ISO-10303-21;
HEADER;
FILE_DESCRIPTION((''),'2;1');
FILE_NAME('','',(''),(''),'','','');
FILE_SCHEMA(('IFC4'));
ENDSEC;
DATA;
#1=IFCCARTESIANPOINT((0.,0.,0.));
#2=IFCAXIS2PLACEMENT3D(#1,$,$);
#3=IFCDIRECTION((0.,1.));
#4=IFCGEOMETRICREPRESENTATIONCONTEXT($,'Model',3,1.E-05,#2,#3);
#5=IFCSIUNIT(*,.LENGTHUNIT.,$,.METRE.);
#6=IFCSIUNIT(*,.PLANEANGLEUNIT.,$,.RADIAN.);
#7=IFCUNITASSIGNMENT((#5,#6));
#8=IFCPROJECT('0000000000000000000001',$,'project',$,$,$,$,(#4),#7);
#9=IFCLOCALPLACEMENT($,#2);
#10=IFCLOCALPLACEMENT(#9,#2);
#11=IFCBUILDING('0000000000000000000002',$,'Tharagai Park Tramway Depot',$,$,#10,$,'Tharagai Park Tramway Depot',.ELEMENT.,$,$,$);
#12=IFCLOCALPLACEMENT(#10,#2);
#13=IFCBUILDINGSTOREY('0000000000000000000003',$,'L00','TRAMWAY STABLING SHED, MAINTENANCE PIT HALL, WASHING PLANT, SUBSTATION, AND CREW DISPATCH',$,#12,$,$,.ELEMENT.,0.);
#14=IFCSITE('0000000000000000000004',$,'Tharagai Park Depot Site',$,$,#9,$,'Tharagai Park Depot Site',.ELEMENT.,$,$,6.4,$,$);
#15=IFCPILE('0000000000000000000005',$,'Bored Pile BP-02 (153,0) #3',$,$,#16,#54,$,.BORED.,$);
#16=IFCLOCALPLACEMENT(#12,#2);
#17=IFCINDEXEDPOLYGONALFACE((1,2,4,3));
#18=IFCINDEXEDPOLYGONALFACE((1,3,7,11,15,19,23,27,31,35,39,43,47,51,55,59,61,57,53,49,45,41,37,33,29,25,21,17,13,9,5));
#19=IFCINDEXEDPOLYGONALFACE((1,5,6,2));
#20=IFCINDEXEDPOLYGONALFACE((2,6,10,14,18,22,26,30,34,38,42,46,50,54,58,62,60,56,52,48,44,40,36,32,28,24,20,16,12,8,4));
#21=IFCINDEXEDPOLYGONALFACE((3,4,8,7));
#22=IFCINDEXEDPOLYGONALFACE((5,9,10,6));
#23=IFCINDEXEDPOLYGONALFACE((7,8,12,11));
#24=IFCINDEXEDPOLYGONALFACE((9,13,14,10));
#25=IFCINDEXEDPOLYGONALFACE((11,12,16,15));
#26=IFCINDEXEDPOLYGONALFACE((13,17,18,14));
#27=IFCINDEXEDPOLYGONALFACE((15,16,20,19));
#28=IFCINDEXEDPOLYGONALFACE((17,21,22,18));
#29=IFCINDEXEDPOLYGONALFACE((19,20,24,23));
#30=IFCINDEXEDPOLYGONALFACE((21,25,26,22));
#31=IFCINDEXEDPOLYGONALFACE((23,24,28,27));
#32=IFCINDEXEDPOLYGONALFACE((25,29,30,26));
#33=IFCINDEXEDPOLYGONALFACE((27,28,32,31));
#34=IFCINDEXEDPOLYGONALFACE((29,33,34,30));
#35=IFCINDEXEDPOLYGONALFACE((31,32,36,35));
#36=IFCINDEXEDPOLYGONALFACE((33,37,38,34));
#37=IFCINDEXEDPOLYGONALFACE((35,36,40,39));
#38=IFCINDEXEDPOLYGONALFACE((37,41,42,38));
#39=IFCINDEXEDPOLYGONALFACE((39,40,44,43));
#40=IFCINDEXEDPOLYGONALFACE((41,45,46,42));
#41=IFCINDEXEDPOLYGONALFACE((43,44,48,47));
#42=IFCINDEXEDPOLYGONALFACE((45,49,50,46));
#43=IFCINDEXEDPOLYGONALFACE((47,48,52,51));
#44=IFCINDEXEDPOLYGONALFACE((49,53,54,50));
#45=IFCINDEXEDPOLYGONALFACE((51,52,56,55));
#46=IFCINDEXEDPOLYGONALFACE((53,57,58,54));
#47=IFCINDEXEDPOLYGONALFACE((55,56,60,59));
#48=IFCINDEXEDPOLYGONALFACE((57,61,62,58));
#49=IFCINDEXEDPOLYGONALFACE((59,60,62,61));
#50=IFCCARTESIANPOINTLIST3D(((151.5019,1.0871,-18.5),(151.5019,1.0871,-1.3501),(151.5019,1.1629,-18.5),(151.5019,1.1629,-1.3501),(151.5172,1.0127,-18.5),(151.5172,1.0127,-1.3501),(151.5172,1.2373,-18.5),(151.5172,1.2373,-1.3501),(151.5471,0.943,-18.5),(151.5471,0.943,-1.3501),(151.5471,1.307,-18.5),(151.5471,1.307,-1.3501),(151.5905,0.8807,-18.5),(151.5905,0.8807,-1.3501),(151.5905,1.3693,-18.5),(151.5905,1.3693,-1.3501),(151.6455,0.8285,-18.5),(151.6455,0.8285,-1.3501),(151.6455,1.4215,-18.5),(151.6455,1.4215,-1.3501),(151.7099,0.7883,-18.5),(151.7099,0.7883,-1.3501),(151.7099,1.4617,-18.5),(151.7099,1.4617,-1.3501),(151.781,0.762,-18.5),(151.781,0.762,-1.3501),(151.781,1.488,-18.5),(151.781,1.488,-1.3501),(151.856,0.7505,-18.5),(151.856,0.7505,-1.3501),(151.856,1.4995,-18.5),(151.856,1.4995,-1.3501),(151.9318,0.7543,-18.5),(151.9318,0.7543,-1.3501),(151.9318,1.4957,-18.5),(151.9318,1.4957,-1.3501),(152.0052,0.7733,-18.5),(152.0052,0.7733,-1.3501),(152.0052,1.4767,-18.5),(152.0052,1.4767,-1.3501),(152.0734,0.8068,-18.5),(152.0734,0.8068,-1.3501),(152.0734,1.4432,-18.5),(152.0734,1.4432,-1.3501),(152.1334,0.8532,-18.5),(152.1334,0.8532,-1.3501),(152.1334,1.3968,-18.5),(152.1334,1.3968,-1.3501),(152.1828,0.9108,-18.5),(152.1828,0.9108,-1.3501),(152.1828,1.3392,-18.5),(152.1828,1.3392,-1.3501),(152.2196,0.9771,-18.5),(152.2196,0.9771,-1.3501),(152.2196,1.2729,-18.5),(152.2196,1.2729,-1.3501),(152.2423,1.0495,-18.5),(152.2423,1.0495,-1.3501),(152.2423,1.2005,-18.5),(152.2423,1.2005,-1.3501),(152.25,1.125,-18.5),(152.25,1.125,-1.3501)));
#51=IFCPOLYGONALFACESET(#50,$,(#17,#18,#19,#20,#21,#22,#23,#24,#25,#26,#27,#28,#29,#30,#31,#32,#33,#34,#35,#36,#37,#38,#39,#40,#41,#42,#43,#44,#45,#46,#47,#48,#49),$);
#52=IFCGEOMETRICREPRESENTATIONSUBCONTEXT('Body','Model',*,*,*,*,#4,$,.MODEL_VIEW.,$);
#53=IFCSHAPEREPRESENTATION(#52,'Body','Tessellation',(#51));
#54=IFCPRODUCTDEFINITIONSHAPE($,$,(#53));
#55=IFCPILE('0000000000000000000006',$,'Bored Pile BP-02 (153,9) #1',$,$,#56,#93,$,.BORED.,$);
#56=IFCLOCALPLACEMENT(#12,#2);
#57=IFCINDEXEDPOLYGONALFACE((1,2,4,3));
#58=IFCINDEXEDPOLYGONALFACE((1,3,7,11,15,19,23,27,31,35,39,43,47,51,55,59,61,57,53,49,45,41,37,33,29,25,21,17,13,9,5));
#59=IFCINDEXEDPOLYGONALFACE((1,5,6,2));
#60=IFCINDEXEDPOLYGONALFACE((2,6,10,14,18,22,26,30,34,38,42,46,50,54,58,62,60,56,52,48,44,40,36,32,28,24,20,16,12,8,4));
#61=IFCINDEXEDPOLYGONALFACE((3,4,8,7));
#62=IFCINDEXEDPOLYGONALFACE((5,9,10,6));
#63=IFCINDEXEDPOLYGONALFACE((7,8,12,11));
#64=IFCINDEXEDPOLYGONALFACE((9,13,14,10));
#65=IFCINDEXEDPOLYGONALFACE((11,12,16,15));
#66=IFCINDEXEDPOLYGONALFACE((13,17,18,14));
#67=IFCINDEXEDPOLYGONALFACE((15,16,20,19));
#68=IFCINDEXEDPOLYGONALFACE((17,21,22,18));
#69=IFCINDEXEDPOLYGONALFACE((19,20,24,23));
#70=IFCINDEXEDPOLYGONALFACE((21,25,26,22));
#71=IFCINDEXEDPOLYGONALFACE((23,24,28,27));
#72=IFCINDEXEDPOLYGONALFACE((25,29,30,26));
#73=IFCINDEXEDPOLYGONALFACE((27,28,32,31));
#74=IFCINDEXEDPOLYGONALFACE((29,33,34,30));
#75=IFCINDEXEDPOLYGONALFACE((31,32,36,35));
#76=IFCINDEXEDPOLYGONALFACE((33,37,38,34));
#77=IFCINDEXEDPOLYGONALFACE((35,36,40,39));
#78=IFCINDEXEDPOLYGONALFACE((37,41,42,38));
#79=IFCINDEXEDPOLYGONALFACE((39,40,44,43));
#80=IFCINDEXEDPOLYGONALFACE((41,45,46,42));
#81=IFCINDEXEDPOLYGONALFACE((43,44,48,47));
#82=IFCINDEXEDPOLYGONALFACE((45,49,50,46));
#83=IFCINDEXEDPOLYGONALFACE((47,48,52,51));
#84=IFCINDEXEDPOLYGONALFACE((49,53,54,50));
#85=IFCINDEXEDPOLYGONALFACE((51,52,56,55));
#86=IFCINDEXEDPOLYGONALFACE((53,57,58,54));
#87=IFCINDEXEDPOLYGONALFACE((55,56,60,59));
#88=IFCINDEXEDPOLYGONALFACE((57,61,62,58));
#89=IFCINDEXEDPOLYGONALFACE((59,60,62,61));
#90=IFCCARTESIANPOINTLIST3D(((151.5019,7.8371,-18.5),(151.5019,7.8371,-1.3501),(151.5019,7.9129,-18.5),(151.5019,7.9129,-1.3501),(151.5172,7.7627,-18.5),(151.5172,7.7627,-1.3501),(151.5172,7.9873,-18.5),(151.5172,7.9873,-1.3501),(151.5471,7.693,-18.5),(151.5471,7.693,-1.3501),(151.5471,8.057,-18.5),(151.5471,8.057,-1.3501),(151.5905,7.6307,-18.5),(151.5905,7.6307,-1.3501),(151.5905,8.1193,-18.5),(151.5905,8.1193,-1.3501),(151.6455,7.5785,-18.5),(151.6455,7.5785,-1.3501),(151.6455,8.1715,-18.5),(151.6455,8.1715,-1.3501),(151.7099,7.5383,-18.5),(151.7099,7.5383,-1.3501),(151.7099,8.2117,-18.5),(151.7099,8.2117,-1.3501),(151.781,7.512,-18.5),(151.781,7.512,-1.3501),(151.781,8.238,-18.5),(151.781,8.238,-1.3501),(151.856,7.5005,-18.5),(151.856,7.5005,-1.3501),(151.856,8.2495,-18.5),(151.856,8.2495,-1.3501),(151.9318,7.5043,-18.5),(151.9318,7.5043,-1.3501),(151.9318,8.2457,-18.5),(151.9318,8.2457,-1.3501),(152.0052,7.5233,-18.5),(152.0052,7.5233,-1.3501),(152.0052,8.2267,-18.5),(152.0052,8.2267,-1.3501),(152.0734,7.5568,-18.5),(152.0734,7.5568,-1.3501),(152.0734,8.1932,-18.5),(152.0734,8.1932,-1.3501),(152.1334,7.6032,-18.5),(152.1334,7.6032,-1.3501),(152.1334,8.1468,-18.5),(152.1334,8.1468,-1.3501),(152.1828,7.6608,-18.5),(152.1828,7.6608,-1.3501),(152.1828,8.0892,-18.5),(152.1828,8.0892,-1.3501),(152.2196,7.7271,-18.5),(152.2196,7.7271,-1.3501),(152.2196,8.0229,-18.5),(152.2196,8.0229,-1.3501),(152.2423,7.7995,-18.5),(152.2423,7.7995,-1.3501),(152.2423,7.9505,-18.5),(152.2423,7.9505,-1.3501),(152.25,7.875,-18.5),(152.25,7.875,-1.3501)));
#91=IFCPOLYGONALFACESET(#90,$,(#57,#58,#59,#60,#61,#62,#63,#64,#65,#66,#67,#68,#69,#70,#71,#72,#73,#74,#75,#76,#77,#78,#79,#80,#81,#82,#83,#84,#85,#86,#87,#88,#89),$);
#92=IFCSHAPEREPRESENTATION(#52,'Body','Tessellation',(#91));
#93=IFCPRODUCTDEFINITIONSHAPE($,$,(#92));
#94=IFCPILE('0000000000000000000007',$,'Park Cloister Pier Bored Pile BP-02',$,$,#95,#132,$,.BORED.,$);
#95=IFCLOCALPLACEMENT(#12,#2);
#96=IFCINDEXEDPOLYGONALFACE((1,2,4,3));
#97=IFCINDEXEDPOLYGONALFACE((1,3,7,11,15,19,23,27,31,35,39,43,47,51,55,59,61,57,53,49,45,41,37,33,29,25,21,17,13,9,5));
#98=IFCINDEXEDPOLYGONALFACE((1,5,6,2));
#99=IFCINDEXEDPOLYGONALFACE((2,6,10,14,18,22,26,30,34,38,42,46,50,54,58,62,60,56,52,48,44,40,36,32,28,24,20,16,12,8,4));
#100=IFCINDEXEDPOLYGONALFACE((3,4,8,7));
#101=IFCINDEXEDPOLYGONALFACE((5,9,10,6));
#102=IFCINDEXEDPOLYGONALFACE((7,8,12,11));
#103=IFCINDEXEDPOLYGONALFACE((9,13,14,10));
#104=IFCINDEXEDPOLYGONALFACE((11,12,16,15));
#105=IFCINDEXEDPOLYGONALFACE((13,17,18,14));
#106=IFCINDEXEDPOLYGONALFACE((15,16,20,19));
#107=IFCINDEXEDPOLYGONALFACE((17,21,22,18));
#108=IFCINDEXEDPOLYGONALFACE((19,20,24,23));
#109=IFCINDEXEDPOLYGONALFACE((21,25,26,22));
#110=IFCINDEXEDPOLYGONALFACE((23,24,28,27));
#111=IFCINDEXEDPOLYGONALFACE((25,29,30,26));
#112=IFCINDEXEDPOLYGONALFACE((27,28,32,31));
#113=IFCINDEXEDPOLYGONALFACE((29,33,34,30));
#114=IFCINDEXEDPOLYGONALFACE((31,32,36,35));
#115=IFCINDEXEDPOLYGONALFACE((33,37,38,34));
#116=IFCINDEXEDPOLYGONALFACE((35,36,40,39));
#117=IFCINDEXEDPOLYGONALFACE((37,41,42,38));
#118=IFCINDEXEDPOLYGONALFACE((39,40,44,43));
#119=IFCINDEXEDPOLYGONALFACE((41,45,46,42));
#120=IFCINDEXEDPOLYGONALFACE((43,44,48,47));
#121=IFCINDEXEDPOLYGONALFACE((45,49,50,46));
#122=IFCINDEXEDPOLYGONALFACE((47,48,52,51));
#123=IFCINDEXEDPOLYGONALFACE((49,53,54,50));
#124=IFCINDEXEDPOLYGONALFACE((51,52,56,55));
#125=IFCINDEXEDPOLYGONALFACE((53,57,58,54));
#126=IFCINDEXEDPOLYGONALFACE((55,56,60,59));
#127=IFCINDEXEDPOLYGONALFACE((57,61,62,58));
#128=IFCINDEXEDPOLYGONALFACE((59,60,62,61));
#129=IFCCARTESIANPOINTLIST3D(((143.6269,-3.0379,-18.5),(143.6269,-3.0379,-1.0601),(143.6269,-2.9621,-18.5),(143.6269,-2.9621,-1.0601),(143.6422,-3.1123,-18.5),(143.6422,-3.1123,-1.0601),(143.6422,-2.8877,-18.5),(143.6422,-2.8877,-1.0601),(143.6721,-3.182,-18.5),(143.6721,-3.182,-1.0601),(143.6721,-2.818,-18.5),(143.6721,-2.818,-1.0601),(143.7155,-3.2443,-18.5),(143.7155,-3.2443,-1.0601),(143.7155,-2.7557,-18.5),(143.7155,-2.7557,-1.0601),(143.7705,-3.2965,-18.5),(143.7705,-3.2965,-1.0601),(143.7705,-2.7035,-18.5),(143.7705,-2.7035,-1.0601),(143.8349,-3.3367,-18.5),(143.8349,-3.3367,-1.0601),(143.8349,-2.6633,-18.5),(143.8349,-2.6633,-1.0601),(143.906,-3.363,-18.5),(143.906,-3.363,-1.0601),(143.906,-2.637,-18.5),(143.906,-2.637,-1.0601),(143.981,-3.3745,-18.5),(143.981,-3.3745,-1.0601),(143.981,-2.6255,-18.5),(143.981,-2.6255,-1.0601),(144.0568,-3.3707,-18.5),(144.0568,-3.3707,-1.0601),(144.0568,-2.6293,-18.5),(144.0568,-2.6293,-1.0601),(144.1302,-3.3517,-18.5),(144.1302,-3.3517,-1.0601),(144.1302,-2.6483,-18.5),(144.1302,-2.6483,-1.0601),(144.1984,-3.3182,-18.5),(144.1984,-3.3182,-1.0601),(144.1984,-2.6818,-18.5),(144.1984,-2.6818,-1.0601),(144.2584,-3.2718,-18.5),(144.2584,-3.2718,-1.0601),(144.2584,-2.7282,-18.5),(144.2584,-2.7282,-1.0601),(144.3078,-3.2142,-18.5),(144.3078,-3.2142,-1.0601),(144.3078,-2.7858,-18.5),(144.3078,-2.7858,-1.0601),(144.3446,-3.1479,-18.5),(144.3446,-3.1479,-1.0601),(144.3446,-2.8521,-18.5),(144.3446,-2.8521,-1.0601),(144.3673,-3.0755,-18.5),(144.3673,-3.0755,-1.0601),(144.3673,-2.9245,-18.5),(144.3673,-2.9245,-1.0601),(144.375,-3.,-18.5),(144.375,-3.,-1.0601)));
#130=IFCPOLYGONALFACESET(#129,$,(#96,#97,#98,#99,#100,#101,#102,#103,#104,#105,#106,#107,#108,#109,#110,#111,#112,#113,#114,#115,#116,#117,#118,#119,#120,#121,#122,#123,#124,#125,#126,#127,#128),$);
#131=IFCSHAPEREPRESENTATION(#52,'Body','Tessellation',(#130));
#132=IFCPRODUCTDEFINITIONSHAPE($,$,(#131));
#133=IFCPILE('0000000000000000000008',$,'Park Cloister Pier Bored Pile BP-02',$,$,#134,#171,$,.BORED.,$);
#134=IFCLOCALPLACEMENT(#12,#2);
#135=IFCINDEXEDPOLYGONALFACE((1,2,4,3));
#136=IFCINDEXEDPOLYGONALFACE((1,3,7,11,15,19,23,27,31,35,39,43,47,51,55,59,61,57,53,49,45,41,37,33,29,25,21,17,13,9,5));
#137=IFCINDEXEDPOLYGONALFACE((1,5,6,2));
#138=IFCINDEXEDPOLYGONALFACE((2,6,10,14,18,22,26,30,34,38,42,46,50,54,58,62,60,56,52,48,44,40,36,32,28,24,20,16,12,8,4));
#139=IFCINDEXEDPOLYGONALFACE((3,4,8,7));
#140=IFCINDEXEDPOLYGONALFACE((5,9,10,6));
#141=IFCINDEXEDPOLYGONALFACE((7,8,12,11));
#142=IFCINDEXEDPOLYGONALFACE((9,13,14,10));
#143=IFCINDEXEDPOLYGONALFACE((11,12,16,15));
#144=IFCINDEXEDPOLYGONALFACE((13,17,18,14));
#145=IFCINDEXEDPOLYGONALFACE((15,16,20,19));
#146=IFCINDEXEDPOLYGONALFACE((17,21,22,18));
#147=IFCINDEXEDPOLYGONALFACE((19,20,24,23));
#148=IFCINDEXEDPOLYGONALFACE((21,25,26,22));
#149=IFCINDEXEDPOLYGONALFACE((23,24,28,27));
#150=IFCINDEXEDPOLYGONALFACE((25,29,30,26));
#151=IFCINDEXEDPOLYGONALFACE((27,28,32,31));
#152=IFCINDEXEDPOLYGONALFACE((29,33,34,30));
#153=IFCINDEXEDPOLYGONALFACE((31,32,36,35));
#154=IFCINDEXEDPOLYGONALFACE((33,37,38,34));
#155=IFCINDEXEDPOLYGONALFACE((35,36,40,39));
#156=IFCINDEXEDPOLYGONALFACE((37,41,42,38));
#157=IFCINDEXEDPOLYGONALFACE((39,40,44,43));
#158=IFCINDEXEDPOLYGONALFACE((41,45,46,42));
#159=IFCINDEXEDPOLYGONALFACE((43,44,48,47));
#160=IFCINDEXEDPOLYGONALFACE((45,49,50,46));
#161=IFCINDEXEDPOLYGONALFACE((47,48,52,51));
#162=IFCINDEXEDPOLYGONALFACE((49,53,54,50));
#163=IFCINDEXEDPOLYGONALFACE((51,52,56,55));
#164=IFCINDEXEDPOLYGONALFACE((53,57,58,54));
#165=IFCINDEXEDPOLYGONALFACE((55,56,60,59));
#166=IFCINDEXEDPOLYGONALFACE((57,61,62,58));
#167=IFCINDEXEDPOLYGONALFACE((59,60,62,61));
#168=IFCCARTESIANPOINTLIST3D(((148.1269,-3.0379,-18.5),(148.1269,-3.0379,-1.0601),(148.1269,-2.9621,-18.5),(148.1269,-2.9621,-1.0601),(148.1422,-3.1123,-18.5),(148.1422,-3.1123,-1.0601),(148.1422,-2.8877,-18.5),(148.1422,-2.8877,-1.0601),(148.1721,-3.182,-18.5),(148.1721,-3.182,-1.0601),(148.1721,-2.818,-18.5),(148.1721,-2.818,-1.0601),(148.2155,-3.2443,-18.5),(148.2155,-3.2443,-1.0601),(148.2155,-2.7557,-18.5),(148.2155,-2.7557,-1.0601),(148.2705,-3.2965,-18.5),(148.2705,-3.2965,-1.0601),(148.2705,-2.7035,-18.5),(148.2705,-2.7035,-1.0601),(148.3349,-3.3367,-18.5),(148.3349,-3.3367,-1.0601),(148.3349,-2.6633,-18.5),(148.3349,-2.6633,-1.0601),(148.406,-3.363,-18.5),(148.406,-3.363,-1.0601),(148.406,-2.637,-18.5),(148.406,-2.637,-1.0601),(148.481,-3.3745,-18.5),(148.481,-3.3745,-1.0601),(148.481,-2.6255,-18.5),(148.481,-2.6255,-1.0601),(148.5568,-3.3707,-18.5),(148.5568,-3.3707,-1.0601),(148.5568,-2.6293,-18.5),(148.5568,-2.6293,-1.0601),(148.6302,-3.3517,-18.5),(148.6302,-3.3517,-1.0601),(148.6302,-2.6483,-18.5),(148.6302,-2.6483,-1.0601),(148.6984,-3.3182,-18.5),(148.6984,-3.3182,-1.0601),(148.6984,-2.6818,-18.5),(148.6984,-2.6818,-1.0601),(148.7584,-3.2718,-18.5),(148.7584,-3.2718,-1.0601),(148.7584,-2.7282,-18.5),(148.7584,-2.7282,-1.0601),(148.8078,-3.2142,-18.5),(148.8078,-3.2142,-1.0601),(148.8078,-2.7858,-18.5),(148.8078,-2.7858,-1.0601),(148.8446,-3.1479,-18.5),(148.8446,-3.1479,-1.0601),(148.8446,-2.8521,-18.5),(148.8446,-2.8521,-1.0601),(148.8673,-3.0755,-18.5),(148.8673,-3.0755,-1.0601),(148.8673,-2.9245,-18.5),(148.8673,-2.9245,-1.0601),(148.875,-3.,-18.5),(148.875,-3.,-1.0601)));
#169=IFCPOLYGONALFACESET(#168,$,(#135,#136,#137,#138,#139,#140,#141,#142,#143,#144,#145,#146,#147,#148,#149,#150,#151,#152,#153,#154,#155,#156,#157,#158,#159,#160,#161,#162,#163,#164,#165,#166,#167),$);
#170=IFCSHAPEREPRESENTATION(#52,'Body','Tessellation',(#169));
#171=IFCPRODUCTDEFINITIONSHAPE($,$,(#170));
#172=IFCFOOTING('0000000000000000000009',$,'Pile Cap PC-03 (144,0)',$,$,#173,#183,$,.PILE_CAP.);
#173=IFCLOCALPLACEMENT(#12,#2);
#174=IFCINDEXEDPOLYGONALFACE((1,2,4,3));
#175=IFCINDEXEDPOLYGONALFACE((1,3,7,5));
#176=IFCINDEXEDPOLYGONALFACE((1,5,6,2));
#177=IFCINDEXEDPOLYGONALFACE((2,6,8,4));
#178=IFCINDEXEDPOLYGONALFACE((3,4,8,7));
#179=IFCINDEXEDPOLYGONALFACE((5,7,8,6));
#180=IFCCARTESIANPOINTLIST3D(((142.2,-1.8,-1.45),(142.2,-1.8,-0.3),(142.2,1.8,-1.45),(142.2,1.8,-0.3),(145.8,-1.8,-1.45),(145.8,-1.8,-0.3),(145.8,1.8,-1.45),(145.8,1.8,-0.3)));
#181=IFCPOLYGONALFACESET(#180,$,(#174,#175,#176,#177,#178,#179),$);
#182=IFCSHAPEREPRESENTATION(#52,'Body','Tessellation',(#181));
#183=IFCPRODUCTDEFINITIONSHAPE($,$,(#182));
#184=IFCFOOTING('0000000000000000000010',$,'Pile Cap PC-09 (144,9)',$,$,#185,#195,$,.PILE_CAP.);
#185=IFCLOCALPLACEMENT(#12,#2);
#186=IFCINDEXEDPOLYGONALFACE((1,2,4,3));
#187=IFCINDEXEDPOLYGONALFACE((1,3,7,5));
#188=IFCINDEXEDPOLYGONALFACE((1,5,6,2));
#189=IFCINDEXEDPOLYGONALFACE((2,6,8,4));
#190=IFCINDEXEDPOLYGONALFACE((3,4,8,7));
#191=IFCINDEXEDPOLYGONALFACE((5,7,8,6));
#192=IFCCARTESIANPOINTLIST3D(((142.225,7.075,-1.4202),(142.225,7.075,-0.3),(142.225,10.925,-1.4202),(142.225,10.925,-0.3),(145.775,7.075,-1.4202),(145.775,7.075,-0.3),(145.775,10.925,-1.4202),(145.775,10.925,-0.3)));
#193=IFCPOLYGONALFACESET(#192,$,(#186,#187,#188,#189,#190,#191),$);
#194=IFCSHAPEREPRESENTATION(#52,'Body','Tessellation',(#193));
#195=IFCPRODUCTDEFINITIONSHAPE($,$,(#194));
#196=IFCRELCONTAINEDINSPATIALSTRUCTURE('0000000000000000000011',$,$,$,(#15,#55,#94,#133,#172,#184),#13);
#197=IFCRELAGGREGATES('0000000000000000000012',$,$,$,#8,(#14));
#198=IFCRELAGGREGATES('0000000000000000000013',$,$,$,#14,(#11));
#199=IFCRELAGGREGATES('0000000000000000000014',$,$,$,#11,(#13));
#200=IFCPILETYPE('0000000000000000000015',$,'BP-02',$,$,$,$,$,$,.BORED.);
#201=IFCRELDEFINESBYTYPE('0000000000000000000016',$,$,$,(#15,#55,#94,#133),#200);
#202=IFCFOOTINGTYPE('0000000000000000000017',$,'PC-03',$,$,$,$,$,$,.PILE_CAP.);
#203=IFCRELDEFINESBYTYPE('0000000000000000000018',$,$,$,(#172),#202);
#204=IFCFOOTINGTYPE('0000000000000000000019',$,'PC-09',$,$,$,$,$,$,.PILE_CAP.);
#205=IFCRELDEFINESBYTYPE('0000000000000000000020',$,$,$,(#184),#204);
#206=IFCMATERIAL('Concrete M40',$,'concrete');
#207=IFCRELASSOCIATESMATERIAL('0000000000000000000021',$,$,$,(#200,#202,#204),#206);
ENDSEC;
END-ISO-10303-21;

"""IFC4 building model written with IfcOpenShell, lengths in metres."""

from ifc_helpers import new_model, si_unit, direction, frame, origin, origin_2d, place, context, subcontext, project, spatial, rectangle, circle, extrude, material, material_profile, profile_set, type_object, element, save


model = new_model("IFC4")

# Units and contexts
model_context = context("Model", 3, precision=1e-05, world=origin(), true_north=direction((0.0, 1.0)))
body_context = subcontext(model_context, "Body", "Model", "MODEL_VIEW")
ifc_project = project(units=[si_unit("LENGTHUNIT", "METRE"), si_unit("PLANEANGLEUNIT", "RADIAN")], contexts=[model_context])

# Site, building, storey
site_placement = place(None, origin())
site = spatial("IfcSite", under=ifc_project, at=site_placement, Name="Tharagai Park Depot Site", LongName="Tharagai Park Depot Site", CompositionType="ELEMENT", RefElevation=6.4)
building_placement = place(site_placement, origin())
building = spatial("IfcBuilding", under=site, at=building_placement, Name="Tharagai Park Tramway Depot", LongName="Tharagai Park Tramway Depot", CompositionType="ELEMENT")
storey_placement = place(building_placement, origin())
storey = spatial("IfcBuildingStorey", under=building, at=storey_placement, Name="L00", Description="TRAMWAY STABLING SHED, MAINTENANCE PIT HALL, WASHING PLANT, SUBSTATION, AND CREW DISPATCH", CompositionType="ELEMENT", Elevation=0.0)

# Piles
ifc_material_1 = material(Name="Concrete M40", Category="concrete")
ifc_material_profile_1 = material_profile(ifc_material_1, circle(Radius=0.375, at=origin_2d()), Name="PILE D750")
ifc_profile_set_1 = profile_set([ifc_material_profile_1], Name="Concrete M40")
pile_type = type_object("IfcPileType", Name="BP-02", PredefinedType="BORED", material=ifc_profile_set_1)
for number, where, z_axis, x_axis, name in (
    (1, (151.875, 1.125, -1.3501), (0.0, 0.0, -1.0), (1.0, 0.0, 0.0), "Bored Pile BP-02 (153,0) #3"),
    (2, (151.875, 7.875, -1.3501), (0.0, 0.0, -1.0), (1.0, 0.0, 0.0), "Bored Pile BP-02 (153,9) #1"),
):
    element("IfcPile", number, at=place(storey_placement, frame(where, z_axis=z_axis, x_axis=x_axis)), inside=storey, type_object=pile_type, Name=name, PredefinedType="BORED", context=body_context, shape_type="SweptSolid", body=[
        extrude(circle(Radius=0.375, at=origin_2d()), origin(), (0.0, 0.0, 1.0), 17.1499),
    ])
for number, where, z_axis, x_axis, name in (
    (3, (144.0, -3.0, -1.0601), (0.0, 0.0, -1.0), (1.0, 0.0, 0.0), "Park Cloister Pier Bored Pile BP-02"),
    (4, (148.5, -3.0, -1.0601), (0.0, 0.0, -1.0), (1.0, 0.0, 0.0), "Park Cloister Pier Bored Pile BP-02"),
):
    element("IfcPile", number, at=place(storey_placement, frame(where, z_axis=z_axis, x_axis=x_axis)), inside=storey, type_object=pile_type, Name=name, PredefinedType="BORED", context=body_context, shape_type="SweptSolid", body=[
        extrude(circle(Radius=0.375, at=origin_2d()), origin(), (0.0, 0.0, 1.0), 17.4399),
    ])

# Footings
footing_type_1 = type_object("IfcFootingType", Name="PC-03", PredefinedType="PILE_CAP", material=ifc_material_1)
footing_1_placement = place(storey_placement, frame((144.0, 0.0, -1.45), z_axis=(0.0, 0.0, 1.0), x_axis=(1.0, 0.0, 0.0)))
element("IfcFooting", 5, at=footing_1_placement, inside=storey, type_object=footing_type_1, Name="Pile Cap PC-03 (144,0)", PredefinedType="PILE_CAP", context=body_context, shape_type="SweptSolid", body=[
    extrude(rectangle(XDim=3.6001, YDim=3.6001, at=origin_2d()), origin(), (0.0, 0.0, 1.0), 1.1499),
])
footing_type_2 = type_object("IfcFootingType", Name="PC-09", PredefinedType="PILE_CAP", material=ifc_material_1)
footing_2_placement = place(storey_placement, frame((144.0, 9.0, -1.4202), z_axis=(0.0, 0.0, 1.0), x_axis=(1.0, 0.0, 0.0)))
element("IfcFooting", 6, at=footing_2_placement, inside=storey, type_object=footing_type_2, Name="Pile Cap PC-09 (144,9)", PredefinedType="PILE_CAP", context=body_context, shape_type="SweptSolid", body=[
    extrude(rectangle(XDim=3.55, YDim=3.8501, at=origin_2d()), origin(), (0.0, 0.0, 1.0), 1.1201),
])

save(model, "model.ifc")
